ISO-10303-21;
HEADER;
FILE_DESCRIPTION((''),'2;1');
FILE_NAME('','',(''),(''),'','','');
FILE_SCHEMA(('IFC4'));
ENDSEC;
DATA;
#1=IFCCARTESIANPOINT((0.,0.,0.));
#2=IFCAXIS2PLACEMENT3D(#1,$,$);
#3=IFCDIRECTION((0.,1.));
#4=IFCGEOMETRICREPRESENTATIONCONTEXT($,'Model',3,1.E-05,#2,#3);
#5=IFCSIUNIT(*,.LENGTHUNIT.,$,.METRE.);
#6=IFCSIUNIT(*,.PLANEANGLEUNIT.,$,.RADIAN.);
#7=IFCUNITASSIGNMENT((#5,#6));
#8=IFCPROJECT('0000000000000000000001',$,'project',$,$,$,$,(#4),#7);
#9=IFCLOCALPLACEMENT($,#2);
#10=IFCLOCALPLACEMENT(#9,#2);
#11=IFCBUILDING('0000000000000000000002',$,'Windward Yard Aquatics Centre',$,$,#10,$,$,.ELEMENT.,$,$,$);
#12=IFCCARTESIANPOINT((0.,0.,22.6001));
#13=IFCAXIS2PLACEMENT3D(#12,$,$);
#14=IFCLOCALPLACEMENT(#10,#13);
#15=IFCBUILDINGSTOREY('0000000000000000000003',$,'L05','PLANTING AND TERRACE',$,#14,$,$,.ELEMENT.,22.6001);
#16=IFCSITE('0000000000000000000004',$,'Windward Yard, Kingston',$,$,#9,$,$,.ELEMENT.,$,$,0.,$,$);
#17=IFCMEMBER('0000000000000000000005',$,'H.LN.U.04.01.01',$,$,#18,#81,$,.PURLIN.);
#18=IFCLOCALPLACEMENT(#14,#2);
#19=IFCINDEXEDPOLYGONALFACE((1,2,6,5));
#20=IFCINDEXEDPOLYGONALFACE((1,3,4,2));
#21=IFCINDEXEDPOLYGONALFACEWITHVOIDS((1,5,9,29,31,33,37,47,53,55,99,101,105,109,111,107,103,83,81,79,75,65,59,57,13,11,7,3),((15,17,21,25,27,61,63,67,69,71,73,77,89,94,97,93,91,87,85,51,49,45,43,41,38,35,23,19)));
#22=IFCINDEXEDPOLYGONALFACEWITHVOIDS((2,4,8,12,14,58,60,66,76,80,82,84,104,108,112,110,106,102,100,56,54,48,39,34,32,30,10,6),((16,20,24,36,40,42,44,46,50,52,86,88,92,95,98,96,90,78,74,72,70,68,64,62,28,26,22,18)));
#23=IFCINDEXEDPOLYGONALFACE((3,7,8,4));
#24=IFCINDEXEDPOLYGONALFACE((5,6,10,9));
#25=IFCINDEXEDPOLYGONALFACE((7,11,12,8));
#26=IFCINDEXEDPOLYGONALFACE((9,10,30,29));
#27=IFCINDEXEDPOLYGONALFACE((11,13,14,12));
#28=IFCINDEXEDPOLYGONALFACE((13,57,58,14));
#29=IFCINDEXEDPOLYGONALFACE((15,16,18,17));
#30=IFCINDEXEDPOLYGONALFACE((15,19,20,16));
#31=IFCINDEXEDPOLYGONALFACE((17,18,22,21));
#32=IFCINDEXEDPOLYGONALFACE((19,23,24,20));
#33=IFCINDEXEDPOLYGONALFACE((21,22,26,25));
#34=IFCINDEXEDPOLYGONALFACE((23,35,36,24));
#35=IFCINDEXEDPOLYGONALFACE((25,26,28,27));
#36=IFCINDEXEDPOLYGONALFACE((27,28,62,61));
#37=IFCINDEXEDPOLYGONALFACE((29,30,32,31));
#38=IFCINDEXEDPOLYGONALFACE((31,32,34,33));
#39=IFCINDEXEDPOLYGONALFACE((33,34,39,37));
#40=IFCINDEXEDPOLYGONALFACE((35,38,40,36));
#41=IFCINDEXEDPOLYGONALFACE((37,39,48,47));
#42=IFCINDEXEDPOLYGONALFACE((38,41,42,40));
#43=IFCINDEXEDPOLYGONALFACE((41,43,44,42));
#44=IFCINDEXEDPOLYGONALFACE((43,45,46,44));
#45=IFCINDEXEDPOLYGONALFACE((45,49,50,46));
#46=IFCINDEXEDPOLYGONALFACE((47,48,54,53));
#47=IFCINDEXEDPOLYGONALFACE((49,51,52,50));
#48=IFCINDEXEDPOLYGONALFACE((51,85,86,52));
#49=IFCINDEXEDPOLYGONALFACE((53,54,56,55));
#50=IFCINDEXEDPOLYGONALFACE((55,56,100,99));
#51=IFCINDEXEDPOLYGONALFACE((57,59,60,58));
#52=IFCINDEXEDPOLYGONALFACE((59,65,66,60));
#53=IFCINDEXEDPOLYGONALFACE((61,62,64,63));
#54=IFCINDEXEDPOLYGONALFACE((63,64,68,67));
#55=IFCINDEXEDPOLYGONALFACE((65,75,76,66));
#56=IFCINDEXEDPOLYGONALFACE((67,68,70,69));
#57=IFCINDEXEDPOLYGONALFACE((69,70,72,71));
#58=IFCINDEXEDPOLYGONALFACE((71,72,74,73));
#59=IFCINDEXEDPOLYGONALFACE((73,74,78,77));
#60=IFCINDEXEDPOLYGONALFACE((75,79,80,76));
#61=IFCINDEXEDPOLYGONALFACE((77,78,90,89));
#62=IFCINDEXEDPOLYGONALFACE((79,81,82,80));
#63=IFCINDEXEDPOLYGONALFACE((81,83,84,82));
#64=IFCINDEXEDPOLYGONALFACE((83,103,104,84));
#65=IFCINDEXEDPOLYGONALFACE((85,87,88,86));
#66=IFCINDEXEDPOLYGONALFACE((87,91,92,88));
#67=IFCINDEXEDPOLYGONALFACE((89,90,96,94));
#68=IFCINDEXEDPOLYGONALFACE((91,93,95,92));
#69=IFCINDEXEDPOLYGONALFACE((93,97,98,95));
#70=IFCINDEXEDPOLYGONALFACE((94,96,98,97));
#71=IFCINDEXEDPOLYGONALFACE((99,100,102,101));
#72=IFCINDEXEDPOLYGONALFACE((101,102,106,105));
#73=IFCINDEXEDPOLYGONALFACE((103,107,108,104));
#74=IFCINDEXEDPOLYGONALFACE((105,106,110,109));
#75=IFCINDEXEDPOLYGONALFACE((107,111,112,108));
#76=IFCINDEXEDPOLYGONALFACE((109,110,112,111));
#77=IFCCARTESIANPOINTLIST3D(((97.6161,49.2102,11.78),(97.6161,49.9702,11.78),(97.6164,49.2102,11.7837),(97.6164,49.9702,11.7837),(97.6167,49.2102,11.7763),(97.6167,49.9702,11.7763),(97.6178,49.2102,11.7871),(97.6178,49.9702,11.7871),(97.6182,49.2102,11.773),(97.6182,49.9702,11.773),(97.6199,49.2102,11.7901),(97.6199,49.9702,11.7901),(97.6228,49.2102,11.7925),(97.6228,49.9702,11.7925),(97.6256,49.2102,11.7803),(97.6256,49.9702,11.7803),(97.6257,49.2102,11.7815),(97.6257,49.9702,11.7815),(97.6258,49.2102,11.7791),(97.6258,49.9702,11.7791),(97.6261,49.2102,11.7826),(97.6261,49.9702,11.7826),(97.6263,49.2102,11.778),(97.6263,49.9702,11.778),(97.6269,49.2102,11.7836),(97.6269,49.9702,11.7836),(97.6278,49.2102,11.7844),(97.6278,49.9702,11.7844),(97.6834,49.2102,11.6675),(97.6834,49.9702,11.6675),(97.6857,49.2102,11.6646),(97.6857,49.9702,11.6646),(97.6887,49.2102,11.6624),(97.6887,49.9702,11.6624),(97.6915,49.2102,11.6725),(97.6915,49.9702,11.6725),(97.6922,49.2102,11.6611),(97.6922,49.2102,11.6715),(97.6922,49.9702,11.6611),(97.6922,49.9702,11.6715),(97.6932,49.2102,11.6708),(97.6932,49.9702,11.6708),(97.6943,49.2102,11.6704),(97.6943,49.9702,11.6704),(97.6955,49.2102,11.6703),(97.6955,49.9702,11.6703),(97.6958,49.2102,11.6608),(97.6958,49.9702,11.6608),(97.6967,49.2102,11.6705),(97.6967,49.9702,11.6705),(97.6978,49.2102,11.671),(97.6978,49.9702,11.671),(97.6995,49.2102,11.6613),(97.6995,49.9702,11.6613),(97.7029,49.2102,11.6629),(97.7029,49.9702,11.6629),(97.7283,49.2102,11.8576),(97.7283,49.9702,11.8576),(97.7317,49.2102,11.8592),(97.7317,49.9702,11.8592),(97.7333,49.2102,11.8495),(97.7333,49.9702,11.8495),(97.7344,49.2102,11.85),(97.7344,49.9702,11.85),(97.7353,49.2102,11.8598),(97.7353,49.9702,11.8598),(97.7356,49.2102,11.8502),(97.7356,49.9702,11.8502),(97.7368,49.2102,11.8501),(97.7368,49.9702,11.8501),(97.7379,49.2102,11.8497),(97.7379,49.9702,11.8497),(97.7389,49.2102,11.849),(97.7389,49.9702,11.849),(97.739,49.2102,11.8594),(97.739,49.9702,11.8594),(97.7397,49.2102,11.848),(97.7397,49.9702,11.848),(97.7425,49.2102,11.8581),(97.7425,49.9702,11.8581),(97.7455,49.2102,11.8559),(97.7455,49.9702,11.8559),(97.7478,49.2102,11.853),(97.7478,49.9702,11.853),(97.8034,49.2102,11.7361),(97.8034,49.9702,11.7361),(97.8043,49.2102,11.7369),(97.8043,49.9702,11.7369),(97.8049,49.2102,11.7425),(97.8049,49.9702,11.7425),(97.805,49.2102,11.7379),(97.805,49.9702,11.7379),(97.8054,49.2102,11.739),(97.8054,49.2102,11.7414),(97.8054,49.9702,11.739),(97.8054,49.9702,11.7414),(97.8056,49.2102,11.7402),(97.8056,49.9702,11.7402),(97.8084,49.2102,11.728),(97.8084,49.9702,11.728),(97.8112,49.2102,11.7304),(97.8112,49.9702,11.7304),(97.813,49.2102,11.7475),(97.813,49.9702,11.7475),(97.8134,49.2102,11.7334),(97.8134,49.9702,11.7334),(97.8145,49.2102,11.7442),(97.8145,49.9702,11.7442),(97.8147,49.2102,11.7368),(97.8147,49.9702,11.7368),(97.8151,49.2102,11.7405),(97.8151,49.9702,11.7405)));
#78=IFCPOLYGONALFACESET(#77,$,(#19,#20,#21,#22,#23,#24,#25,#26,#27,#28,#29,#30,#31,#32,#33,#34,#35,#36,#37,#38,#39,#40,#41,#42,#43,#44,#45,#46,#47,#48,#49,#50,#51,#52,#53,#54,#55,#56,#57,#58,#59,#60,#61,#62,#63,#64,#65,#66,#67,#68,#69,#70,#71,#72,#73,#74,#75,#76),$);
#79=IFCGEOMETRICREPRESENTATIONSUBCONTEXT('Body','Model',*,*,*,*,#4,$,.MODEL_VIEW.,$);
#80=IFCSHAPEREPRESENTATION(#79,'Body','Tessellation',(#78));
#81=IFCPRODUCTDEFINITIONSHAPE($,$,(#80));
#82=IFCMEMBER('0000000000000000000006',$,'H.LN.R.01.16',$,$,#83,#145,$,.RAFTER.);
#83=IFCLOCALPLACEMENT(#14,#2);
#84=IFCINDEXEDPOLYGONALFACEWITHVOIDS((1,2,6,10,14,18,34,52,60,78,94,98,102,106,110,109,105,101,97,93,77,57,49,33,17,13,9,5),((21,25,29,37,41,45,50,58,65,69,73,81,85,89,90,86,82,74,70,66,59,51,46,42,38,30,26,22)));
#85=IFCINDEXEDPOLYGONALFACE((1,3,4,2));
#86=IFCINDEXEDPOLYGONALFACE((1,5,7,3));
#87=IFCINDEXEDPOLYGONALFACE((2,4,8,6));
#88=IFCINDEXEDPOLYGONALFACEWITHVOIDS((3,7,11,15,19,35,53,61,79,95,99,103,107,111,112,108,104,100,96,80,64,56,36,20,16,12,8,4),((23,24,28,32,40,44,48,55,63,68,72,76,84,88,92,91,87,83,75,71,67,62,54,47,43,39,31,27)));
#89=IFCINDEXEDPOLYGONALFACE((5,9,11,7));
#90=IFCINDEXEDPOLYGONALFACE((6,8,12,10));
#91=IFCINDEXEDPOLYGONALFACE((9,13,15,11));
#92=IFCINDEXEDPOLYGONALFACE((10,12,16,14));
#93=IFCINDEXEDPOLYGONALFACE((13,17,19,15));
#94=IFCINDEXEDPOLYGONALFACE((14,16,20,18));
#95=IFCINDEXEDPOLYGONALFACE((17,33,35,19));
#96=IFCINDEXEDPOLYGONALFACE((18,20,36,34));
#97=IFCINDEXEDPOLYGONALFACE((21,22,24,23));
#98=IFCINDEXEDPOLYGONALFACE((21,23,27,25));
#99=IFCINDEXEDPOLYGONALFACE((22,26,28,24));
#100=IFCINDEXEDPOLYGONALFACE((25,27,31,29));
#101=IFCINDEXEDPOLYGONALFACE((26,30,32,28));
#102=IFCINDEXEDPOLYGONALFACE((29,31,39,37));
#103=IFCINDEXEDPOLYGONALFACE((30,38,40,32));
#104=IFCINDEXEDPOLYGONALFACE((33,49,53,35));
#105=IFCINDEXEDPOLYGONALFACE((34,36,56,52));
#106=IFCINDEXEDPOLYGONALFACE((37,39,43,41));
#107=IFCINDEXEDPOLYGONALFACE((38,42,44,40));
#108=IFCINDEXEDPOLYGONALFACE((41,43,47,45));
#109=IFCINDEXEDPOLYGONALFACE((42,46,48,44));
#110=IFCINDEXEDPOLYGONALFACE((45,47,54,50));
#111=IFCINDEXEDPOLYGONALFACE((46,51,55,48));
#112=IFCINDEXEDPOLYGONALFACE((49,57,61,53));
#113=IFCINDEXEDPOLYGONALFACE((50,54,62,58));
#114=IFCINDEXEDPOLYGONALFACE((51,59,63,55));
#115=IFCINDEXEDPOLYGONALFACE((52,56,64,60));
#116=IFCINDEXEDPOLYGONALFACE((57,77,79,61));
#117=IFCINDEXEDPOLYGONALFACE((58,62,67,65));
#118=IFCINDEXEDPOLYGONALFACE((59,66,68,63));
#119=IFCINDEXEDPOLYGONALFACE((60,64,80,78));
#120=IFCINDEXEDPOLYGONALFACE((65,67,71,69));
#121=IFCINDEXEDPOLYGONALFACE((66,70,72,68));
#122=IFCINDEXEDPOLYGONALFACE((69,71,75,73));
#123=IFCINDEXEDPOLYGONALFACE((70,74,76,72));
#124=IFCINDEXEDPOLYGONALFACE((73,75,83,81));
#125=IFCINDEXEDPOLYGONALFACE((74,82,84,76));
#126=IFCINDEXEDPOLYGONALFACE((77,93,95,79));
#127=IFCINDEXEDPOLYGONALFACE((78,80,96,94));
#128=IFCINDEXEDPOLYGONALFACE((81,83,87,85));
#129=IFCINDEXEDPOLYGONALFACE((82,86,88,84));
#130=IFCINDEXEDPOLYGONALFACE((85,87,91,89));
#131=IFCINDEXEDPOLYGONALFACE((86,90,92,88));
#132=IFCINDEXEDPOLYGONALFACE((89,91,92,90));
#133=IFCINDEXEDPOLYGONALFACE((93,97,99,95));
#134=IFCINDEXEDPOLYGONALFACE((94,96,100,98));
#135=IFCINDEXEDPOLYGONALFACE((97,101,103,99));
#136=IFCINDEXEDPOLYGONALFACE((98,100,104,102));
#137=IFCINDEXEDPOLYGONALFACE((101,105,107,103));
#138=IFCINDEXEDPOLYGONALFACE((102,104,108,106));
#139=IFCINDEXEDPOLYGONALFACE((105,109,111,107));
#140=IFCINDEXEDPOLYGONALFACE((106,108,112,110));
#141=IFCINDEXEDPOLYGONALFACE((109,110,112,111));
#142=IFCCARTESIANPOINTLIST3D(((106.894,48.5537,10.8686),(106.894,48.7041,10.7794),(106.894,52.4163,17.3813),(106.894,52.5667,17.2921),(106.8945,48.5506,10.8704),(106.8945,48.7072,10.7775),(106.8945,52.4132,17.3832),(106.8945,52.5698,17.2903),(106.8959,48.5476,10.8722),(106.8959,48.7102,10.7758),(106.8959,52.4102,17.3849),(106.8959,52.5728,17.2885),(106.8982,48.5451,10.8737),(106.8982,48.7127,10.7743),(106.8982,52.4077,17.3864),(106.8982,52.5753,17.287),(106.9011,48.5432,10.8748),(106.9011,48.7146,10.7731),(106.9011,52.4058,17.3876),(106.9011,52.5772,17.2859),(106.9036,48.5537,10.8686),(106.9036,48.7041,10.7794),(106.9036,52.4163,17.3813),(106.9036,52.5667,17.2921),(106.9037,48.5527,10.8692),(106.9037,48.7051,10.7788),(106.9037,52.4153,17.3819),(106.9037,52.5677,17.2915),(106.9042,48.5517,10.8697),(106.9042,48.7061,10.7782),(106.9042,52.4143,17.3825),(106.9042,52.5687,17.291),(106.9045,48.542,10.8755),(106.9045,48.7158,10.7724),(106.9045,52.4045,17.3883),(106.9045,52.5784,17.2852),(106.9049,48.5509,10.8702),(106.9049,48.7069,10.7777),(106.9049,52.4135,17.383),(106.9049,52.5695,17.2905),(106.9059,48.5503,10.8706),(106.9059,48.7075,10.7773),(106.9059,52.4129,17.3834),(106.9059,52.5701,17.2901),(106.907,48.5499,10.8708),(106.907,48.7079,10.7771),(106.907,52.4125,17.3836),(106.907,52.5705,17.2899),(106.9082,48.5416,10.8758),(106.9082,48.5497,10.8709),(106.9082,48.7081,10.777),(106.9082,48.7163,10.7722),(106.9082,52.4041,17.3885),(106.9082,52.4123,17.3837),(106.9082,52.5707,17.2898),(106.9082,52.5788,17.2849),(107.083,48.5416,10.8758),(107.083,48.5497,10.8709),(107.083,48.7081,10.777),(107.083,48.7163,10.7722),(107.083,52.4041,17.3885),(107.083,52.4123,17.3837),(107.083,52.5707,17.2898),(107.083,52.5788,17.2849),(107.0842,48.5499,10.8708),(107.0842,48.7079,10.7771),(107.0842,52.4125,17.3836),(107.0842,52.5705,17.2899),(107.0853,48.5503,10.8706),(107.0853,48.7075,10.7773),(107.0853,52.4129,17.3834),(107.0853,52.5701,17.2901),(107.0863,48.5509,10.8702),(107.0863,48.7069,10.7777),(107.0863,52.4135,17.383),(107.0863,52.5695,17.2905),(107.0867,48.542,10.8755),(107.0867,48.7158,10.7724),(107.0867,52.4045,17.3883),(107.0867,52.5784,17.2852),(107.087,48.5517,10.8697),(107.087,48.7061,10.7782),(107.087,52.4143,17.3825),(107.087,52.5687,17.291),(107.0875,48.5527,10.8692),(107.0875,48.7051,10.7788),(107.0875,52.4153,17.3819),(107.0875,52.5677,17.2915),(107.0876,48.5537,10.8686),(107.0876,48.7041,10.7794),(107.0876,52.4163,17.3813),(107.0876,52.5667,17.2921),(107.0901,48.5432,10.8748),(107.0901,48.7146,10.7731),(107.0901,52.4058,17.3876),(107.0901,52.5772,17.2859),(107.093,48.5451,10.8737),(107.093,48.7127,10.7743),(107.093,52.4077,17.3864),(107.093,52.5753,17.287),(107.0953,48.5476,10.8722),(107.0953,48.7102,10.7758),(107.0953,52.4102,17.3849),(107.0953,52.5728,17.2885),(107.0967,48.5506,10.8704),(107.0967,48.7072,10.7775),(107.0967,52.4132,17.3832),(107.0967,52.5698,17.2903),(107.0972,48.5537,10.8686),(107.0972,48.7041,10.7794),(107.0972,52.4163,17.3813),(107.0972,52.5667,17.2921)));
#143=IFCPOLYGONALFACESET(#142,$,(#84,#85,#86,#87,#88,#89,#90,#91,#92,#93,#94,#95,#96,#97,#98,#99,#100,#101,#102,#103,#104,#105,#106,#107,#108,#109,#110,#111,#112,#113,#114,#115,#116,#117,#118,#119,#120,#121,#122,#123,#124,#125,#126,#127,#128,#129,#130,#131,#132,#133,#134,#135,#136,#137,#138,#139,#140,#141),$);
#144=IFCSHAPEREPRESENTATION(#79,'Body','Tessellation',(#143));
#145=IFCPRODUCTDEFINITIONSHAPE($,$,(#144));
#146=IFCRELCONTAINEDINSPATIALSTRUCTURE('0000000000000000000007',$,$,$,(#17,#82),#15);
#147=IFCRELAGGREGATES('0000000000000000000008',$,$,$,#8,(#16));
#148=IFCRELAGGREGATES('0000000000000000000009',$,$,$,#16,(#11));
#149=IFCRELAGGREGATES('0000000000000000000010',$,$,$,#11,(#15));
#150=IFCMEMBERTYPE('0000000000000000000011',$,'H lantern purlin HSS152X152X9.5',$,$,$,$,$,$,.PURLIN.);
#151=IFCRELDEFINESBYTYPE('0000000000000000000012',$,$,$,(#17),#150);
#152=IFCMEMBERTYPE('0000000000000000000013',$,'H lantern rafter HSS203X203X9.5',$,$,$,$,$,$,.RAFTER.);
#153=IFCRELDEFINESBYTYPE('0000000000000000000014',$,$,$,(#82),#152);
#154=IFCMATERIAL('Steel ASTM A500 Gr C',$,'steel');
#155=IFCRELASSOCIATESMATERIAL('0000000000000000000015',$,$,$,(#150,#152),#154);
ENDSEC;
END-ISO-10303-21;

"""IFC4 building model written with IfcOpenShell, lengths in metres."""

from ifc_helpers import new_model, si_unit, direction, frame, origin, origin_2d, place, context, subcontext, project, spatial, hollow_rectangle, extrude, material, material_profile, profile_set, type_object, element, save


model = new_model("IFC4")

# Units and contexts
model_context = context("Model", 3, precision=1e-05, world=origin(), true_north=direction((0.0, 1.0)))
body_context = subcontext(model_context, "Body", "Model", "MODEL_VIEW")
ifc_project = project(units=[si_unit("LENGTHUNIT", "METRE"), si_unit("PLANEANGLEUNIT", "RADIAN")], contexts=[model_context])

# Site, building, storey
site_placement = place(None, origin())
site = spatial("IfcSite", under=ifc_project, at=site_placement, Name="Windward Yard, Kingston", CompositionType="ELEMENT", RefElevation=0.0)
building_placement = place(site_placement, origin())
building = spatial("IfcBuilding", under=site, at=building_placement, Name="Windward Yard Aquatics Centre", CompositionType="ELEMENT")
storey_placement = place(building_placement, frame((0.0, 0.0, 22.6001)))
storey = spatial("IfcBuildingStorey", under=building, at=storey_placement, Name="L05", Description="PLANTING AND TERRACE", CompositionType="ELEMENT", Elevation=22.6001)

# Members
ifc_material_1 = material(Name="Steel ASTM A500 Gr C", Category="steel")
ifc_material_profile_1 = material_profile(ifc_material_1, hollow_rectangle(XDim=0.1523, YDim=0.1523, WallThickness=0.0095, InnerFilletRadius=0.0046, OuterFilletRadius=0.0142, at=origin_2d()), Name="HSS152X152X9.5")
ifc_profile_set_1 = profile_set([ifc_material_profile_1], Name="Steel ASTM A500 Gr C")
member_type_1 = type_object("IfcMemberType", Name="H lantern purlin HSS152X152X9.5", PredefinedType="PURLIN", material=ifc_profile_set_1)
member_1_placement = place(storey_placement, frame((97.7156, 49.2102, 11.7603), z_axis=(0.0, 1.0, 0.0), x_axis=(-0.850755, 0.0, -0.525562)))
element("IfcMember", 1, at=member_1_placement, inside=storey, type_object=member_type_1, Name="H.LN.U.04.01.01", PredefinedType="PURLIN", context=body_context, shape_type="SweptSolid", body=[
    extrude(hollow_rectangle(XDim=0.1523, YDim=0.1523, WallThickness=0.0095, InnerFilletRadius=0.0046, OuterFilletRadius=0.0142, at=origin_2d()), origin(), (0.0, 0.0, 1.0), 0.76),
])
ifc_material_profile_2 = material_profile(ifc_material_1, hollow_rectangle(XDim=0.2031, YDim=0.2031, WallThickness=0.0095, InnerFilletRadius=0.0046, OuterFilletRadius=0.0142, at=origin_2d()), Name="HSS203X203X9.5")
ifc_profile_set_2 = profile_set([ifc_material_profile_2], Name="Steel ASTM A500 Gr C")
member_type_2 = type_object("IfcMemberType", Name="H lantern rafter HSS203X203X9.5", PredefinedType="RAFTER", material=ifc_profile_set_2)
member_2_placement = place(storey_placement, frame((106.9956, 48.6289, 10.824), z_axis=(0.0, 0.510113, 0.860108), x_axis=(-1.0, 0.0, 0.0)))
element("IfcMember", 2, at=member_2_placement, inside=storey, type_object=member_type_2, Name="H.LN.R.01.16", PredefinedType="RAFTER", context=body_context, shape_type="SweptSolid", body=[
    extrude(hollow_rectangle(XDim=0.2031, YDim=0.2031, WallThickness=0.0095, InnerFilletRadius=0.0046, OuterFilletRadius=0.0142, at=origin_2d()), origin(), (0.0, 0.0, 1.0), 7.572),
])

save(model, "model.ifc")
